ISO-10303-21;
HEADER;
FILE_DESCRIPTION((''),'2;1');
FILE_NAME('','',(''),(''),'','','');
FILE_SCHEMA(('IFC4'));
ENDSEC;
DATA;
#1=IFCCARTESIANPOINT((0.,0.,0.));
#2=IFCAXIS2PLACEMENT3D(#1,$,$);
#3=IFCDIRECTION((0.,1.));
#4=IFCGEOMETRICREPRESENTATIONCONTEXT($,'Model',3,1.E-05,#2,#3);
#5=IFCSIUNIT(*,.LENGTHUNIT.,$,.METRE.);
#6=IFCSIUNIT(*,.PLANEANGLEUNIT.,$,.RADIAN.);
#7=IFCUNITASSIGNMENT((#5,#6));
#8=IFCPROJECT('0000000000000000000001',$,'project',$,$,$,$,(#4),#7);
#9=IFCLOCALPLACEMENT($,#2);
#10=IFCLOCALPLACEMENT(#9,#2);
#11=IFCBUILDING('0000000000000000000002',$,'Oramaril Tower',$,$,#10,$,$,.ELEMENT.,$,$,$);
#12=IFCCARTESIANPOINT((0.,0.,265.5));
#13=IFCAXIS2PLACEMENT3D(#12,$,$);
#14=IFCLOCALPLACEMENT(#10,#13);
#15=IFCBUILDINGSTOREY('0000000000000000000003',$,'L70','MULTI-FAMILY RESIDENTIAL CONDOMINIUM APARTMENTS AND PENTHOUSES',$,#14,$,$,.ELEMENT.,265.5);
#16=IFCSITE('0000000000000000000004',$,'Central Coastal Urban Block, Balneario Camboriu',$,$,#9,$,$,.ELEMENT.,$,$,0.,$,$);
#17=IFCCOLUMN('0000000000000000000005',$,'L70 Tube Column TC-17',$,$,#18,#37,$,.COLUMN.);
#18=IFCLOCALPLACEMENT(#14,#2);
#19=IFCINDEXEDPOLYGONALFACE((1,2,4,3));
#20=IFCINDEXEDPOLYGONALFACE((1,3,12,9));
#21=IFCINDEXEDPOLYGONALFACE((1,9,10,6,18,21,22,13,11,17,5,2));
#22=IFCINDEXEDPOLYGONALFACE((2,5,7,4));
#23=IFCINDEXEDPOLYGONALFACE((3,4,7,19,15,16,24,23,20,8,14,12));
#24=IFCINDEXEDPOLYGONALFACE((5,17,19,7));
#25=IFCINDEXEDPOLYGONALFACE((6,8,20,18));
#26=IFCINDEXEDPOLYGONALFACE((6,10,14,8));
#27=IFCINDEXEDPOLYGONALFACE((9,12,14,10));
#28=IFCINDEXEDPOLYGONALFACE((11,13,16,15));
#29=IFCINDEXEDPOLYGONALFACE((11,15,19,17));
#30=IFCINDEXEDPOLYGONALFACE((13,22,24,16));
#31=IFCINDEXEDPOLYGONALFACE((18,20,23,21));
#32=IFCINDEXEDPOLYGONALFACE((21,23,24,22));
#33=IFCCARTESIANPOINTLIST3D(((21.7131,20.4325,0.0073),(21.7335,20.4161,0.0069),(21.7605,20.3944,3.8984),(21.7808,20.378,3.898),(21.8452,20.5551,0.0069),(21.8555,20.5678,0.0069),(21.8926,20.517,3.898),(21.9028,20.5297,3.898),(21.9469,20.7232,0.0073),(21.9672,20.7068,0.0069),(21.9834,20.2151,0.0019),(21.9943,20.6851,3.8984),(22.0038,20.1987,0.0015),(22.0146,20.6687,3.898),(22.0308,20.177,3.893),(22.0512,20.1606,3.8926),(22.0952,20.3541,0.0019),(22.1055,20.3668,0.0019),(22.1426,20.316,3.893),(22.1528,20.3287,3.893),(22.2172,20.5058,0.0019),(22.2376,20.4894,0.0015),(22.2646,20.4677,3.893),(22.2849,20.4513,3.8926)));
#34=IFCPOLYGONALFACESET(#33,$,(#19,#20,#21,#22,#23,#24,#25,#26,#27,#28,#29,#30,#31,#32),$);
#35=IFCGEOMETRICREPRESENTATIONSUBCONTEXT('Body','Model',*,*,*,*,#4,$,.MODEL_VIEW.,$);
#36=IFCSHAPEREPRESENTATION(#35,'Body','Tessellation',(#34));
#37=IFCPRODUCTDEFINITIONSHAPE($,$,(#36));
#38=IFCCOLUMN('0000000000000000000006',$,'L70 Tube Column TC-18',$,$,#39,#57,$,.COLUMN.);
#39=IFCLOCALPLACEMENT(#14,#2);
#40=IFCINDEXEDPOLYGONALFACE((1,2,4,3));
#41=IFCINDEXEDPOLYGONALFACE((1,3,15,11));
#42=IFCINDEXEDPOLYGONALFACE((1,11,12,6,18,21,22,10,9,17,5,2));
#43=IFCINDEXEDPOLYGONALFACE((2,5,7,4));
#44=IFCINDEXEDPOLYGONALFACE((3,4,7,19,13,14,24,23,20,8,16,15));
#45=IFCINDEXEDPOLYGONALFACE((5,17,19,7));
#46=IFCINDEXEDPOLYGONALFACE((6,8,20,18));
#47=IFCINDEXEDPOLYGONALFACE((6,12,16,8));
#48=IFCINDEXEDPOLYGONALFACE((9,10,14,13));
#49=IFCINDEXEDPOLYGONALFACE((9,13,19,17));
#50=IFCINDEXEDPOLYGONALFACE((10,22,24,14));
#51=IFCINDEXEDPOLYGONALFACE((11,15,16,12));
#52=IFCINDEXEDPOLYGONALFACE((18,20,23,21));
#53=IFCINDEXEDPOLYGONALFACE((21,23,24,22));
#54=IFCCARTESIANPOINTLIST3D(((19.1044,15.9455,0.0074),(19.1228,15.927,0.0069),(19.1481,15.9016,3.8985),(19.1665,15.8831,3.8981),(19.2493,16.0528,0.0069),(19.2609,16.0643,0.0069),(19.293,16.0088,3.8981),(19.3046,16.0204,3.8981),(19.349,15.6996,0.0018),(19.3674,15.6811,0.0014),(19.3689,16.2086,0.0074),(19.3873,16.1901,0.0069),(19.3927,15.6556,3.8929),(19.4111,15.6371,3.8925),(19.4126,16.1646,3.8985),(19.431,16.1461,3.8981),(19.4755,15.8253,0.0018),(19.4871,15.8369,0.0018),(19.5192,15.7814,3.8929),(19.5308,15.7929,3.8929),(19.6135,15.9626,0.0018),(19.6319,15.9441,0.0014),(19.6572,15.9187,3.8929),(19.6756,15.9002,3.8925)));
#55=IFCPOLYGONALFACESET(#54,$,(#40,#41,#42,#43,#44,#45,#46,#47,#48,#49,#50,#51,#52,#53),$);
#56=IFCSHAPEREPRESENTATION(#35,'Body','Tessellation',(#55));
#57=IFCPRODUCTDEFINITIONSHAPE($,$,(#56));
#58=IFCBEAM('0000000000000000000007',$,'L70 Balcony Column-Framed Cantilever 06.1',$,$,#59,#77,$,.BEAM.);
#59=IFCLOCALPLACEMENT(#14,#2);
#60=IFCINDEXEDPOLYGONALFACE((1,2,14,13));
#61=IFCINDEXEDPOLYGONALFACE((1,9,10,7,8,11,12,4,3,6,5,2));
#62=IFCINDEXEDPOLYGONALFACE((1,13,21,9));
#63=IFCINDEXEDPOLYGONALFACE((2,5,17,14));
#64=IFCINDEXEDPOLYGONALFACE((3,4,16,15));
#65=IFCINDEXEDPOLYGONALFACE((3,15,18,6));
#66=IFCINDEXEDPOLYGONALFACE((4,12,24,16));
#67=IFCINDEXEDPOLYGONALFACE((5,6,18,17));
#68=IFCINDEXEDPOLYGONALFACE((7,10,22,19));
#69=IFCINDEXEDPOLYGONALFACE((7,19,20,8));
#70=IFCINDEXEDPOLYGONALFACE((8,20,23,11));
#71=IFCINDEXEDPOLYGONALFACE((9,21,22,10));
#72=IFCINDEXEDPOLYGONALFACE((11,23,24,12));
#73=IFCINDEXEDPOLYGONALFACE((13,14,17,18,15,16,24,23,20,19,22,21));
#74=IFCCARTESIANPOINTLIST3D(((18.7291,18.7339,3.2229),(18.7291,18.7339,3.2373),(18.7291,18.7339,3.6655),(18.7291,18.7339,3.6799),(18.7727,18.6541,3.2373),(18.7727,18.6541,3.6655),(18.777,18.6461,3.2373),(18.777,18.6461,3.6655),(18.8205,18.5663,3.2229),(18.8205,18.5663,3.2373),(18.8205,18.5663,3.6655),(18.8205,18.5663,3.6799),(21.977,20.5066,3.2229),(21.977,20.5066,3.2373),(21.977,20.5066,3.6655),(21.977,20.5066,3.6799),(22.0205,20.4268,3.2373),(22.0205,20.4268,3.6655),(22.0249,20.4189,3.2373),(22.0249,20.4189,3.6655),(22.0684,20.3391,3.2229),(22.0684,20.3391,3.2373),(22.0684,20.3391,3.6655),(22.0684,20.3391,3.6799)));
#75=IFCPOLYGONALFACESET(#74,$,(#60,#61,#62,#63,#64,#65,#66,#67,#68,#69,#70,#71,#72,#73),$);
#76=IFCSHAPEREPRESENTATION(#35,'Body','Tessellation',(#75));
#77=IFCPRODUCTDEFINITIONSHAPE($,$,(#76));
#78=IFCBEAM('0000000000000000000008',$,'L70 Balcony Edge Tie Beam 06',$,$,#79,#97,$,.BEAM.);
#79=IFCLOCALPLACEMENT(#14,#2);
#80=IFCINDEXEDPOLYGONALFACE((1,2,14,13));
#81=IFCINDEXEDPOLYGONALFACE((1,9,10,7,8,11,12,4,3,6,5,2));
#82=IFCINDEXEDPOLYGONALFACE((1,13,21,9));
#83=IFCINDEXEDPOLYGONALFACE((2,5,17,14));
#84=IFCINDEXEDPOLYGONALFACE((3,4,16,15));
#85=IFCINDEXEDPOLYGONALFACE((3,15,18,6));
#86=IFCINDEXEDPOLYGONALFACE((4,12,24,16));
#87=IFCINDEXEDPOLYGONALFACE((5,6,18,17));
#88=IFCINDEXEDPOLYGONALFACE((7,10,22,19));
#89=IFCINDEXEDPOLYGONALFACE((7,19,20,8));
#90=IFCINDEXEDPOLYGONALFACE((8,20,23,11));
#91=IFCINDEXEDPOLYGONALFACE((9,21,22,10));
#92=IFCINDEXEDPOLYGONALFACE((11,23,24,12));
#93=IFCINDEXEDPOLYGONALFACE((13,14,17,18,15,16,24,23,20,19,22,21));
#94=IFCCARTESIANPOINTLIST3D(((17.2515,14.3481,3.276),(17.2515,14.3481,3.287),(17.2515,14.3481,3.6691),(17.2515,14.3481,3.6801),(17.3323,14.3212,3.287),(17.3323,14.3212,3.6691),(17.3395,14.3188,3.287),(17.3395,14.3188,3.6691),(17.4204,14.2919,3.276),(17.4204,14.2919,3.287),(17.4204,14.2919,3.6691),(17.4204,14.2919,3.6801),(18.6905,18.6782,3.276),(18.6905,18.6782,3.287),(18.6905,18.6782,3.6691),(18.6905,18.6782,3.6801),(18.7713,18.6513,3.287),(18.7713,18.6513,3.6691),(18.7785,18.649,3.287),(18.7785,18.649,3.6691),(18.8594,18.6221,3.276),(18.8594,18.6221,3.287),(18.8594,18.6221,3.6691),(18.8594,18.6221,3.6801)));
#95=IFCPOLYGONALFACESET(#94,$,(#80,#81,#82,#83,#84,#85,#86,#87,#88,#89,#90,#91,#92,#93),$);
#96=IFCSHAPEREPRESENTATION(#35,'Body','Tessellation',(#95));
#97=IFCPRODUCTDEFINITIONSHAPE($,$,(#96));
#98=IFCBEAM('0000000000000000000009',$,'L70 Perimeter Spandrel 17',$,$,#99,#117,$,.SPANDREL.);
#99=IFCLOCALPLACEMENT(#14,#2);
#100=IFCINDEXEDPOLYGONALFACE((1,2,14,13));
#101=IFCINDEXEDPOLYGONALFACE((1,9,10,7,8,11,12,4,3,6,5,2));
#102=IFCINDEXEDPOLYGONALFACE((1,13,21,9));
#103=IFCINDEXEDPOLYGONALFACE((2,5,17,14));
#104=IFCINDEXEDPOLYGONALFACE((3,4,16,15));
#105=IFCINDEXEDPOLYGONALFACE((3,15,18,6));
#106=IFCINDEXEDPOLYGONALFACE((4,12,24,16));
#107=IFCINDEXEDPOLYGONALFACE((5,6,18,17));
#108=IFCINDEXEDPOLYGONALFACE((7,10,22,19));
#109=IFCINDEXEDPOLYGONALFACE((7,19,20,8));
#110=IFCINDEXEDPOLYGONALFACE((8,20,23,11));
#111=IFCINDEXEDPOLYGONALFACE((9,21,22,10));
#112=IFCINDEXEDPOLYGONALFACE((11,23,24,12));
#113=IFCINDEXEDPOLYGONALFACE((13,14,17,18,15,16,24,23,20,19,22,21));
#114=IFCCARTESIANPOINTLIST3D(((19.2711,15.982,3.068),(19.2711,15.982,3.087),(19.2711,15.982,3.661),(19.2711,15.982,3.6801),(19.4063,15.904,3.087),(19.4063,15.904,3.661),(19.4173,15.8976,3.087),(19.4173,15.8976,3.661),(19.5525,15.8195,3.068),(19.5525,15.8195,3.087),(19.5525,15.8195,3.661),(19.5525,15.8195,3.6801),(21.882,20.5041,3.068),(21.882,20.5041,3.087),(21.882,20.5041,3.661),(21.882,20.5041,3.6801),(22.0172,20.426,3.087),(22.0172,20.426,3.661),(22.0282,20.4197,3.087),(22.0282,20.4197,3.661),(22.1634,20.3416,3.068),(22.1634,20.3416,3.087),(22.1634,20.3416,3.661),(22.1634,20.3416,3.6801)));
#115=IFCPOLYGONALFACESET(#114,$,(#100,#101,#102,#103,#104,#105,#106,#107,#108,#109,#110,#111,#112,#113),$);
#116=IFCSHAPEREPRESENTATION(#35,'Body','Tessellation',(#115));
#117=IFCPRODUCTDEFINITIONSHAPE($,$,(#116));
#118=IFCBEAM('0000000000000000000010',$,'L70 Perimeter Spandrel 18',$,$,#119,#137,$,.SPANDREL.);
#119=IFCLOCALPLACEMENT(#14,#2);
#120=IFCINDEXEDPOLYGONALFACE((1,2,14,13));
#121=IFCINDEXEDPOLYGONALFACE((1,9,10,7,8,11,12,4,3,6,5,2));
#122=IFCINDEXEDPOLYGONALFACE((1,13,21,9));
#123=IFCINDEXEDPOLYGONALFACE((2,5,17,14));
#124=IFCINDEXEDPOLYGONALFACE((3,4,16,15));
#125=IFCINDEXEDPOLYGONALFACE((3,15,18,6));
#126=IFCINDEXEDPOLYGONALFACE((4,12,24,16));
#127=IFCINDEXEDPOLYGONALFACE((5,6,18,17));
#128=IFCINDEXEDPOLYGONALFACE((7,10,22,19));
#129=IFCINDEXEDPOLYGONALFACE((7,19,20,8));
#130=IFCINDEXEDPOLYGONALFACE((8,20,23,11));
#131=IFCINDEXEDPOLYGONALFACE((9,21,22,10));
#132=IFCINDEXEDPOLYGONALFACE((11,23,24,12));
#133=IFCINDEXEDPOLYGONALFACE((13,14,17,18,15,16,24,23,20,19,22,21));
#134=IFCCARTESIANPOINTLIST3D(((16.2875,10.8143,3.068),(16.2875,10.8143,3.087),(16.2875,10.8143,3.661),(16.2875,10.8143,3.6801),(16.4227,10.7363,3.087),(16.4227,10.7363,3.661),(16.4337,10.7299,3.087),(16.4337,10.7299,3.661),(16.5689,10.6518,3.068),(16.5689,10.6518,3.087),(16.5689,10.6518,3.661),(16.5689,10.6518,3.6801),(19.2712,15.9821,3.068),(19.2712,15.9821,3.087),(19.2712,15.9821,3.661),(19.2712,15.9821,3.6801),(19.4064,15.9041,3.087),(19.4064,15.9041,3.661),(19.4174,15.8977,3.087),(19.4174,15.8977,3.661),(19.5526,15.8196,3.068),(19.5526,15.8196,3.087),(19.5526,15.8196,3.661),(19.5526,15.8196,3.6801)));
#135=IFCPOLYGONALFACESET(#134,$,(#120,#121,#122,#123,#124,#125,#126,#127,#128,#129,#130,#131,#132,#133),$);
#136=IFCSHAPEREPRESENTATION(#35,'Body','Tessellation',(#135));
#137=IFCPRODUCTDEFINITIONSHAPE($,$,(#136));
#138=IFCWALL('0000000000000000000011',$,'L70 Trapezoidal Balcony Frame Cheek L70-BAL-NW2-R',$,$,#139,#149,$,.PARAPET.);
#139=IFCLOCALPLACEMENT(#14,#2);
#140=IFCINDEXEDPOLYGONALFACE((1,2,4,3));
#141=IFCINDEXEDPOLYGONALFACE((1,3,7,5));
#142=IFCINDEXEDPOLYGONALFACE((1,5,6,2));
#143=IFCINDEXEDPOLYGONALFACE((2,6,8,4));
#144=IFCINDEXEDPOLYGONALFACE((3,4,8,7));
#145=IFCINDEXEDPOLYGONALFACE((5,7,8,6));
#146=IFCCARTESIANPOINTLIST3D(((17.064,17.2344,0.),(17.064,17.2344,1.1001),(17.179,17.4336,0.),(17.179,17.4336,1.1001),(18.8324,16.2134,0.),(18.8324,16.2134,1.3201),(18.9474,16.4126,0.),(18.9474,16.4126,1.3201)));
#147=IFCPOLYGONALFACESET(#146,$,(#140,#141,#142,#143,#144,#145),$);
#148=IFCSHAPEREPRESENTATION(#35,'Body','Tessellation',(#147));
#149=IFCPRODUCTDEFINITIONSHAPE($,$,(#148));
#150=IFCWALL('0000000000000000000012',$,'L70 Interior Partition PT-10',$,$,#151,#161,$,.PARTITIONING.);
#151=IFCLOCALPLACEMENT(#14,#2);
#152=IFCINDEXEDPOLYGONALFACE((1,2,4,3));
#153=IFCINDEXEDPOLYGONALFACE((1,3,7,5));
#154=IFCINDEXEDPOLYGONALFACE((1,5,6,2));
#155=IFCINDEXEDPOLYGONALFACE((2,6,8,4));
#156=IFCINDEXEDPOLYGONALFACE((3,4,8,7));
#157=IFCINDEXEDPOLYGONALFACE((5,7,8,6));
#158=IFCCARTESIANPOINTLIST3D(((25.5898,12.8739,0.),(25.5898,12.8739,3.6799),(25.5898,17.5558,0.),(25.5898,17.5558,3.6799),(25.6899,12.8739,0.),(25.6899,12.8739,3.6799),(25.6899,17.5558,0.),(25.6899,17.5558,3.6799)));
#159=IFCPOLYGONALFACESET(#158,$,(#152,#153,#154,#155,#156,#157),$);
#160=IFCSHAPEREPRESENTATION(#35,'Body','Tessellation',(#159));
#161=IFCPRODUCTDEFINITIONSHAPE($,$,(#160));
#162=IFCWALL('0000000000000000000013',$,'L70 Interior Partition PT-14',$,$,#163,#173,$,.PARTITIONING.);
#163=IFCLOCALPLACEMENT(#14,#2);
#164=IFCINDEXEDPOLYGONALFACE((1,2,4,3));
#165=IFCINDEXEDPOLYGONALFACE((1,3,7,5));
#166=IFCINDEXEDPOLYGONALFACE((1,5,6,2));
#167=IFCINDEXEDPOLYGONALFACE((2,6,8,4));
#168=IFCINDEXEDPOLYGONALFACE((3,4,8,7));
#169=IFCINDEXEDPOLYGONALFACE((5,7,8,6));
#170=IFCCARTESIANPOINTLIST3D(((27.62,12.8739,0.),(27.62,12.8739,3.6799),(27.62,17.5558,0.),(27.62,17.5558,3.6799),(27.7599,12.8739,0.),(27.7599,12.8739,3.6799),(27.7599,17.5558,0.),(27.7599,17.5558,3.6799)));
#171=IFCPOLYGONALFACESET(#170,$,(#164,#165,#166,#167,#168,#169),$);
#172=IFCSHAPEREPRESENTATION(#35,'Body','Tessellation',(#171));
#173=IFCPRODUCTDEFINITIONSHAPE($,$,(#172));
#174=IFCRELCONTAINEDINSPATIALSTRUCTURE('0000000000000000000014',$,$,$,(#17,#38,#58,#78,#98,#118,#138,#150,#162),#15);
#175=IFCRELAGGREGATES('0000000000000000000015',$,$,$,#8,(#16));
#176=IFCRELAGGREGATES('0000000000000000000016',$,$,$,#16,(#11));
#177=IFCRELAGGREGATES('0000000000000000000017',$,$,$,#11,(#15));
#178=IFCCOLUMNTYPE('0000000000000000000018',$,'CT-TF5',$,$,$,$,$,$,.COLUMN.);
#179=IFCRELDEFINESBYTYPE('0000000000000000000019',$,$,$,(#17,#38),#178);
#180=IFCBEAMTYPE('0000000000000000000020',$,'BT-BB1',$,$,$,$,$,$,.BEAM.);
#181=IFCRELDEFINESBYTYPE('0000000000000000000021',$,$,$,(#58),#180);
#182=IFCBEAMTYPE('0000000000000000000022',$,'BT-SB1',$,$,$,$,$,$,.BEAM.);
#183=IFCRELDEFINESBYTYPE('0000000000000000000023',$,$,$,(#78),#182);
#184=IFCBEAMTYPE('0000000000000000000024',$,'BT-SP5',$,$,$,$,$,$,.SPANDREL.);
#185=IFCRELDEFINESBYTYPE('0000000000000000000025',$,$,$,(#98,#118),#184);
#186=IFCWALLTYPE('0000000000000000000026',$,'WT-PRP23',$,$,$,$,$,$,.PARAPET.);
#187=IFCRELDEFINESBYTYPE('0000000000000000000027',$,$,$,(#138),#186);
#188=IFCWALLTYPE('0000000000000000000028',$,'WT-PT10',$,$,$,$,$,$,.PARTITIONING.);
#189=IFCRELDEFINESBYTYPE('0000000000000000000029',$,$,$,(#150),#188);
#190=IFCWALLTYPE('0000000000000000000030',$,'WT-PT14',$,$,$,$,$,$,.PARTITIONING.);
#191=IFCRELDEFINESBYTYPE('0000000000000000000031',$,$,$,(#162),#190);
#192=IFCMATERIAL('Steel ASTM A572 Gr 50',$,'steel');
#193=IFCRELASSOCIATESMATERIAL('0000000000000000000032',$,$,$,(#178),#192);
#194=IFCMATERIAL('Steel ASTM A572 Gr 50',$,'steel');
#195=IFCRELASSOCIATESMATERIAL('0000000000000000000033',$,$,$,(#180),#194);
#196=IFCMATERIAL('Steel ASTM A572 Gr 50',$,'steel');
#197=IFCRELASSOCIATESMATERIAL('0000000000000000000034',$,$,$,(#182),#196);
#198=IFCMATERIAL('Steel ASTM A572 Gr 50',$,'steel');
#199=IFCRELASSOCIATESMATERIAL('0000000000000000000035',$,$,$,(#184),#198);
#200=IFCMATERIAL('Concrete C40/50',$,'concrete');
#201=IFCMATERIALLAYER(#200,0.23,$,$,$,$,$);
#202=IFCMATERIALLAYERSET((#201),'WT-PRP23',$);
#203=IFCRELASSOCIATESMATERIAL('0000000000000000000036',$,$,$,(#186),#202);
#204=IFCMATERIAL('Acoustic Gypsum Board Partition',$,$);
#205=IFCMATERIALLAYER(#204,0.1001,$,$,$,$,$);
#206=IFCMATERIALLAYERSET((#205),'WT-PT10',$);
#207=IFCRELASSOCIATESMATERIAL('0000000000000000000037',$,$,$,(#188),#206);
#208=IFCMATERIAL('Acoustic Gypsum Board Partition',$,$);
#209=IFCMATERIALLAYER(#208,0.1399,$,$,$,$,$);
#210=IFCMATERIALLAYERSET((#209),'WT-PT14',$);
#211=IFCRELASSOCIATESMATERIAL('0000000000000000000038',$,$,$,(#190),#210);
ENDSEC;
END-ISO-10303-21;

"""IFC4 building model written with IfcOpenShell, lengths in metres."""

from ifc_helpers import new_model, si_unit, direction, frame, frame_2d, origin, origin_2d, place, context, subcontext, project, spatial, polyline, rectangle, i_section, outline, extrude, material, layer, layer_set, material_profile, profile_set, type_object, element, save


model = new_model("IFC4")

# Units and contexts
model_context = context("Model", 3, precision=1e-05, world=origin(), true_north=direction((0.0, 1.0)))
body_context = subcontext(model_context, "Body", "Model", "MODEL_VIEW")
ifc_project = project(units=[si_unit("LENGTHUNIT", "METRE"), si_unit("PLANEANGLEUNIT", "RADIAN")], contexts=[model_context])

# Site, building, storey
site_placement = place(None, origin())
site = spatial("IfcSite", under=ifc_project, at=site_placement, Name="Central Coastal Urban Block, Balneario Camboriu", CompositionType="ELEMENT", RefElevation=0.0)
building_placement = place(site_placement, origin())
building = spatial("IfcBuilding", under=site, at=building_placement, Name="Oramaril Tower", CompositionType="ELEMENT")
storey_placement = place(building_placement, frame((0.0, 0.0, 265.5)))
storey = spatial("IfcBuildingStorey", under=building, at=storey_placement, Name="L70", Description="MULTI-FAMILY RESIDENTIAL CONDOMINIUM APARTMENTS AND PENTHOUSES", CompositionType="ELEMENT", Elevation=265.5)

# Columns
ifc_material_1 = material(Name="Steel ASTM A572 Gr 50", Category="steel")
ifc_material_profile_1 = material_profile(ifc_material_1, i_section(OverallWidth=0.373, OverallDepth=0.373, WebThickness=0.0164, FlangeThickness=0.0261, at=origin_2d()), Name="W14X132")
ifc_profile_set_1 = profile_set([ifc_material_profile_1], Name="Steel ASTM A572 Gr 50")
column_type = type_object("IfcColumnType", Name="CT-TF5", PredefinedType="COLUMN", material=ifc_profile_set_1)
for number, where, z_axis, x_axis, name in (
    (1, (21.9753, 20.4609, 0.0044), (0.012171, -0.009787, 0.999878), (0.626653, 0.779299, 0.0), "L70 Tube Column TC-17"),
    (2, (19.3682, 15.9448, 0.0044), (0.01123, -0.011292, 0.999873), (0.709074, 0.705134, 0.0), "L70 Tube Column TC-18"),
):
    element("IfcColumn", number, at=place(storey_placement, frame(where, z_axis=z_axis, x_axis=x_axis)), inside=storey, type_object=column_type, Name=name, PredefinedType="COLUMN", context=body_context, shape_type="SweptSolid", body=[
        extrude(i_section(OverallWidth=0.373, OverallDepth=0.373, WebThickness=0.0164, FlangeThickness=0.0261, at=origin_2d()), origin(), (0.0, 0.0, 1.0), 3.8916),
    ])

# Beams
ifc_material_2 = material(Name="Steel ASTM A572 Gr 50", Category="steel")
ifc_material_profile_2 = material_profile(ifc_material_2, i_section(OverallWidth=0.1909, OverallDepth=0.457, WebThickness=0.009, FlangeThickness=0.0144, at=origin_2d()), Name="W18X50")
ifc_profile_set_2 = profile_set([ifc_material_profile_2], Name="Steel ASTM A572 Gr 50")
beam_type_1 = type_object("IfcBeamType", Name="BT-BB1", PredefinedType="BEAM", material=ifc_profile_set_2)
beam_1_placement = place(storey_placement, frame((22.0227, 20.4229, 3.4514), z_axis=(-0.877762, -0.479097, 0.0), x_axis=(0.479097, -0.877762, 0.0)))
element("IfcBeam", 3, at=beam_1_placement, inside=storey, type_object=beam_type_1, Name="L70 Balcony Column-Framed Cantilever 06.1", PredefinedType="BEAM", context=body_context, shape_type="SweptSolid", body=[
    extrude(i_section(OverallWidth=0.1909, OverallDepth=0.457, WebThickness=0.009, FlangeThickness=0.0144, at=origin_2d()), origin(), (0.0, 0.0, 1.0), 3.7002),
])
ifc_material_3 = material(Name="Steel ASTM A572 Gr 50", Category="steel")
ifc_material_profile_3 = material_profile(ifc_material_3, i_section(OverallWidth=0.178, OverallDepth=0.4041, WebThickness=0.0076, FlangeThickness=0.011, at=origin_2d()), Name="W16X36")
ifc_profile_set_3 = profile_set([ifc_material_profile_3], Name="Steel ASTM A572 Gr 50")
beam_type_2 = type_object("IfcBeamType", Name="BT-SB1", PredefinedType="BEAM", material=ifc_profile_set_3)
beam_2_placement = place(storey_placement, frame((18.7749, 18.6501, 3.478), z_axis=(-0.315361, -0.948972, 0.0), x_axis=(0.948972, -0.315361, 0.0)))
element("IfcBeam", 4, at=beam_2_placement, inside=storey, type_object=beam_type_2, Name="L70 Balcony Edge Tie Beam 06", PredefinedType="BEAM", context=body_context, shape_type="SweptSolid", body=[
    extrude(i_section(OverallWidth=0.178, OverallDepth=0.4041, WebThickness=0.0076, FlangeThickness=0.011, at=origin_2d()), origin(), (0.0, 0.0, 1.0), 4.563),
])
ifc_material_4 = material(Name="Steel ASTM A572 Gr 50", Category="steel")
ifc_material_profile_4 = material_profile(ifc_material_4, i_section(OverallWidth=0.325, OverallDepth=0.6121, WebThickness=0.0127, FlangeThickness=0.019, at=origin_2d()), Name="W24X104")
ifc_profile_set_4 = profile_set([ifc_material_profile_4], Name="Steel ASTM A572 Gr 50")
beam_type_3 = type_object("IfcBeamType", Name="BT-SP5", PredefinedType="SPANDREL", material=ifc_profile_set_4)
beam_3_placement = place(storey_placement, frame((22.0227, 20.4229, 3.374), z_axis=(-0.500011, -0.866019, 0.0), x_axis=(0.866019, -0.500011, 0.0)))
element("IfcBeam", 5, at=beam_3_placement, inside=storey, type_object=beam_type_3, Name="L70 Perimeter Spandrel 17", PredefinedType="SPANDREL", context=body_context, shape_type="SweptSolid", body=[
    extrude(i_section(OverallWidth=0.325, OverallDepth=0.6121, WebThickness=0.0127, FlangeThickness=0.019, at=origin_2d()), origin(), (0.0, 0.0, 1.0), 5.2217),
])
beam_4_placement = place(storey_placement, frame((19.4119, 15.9009, 3.374), z_axis=(-0.500007, -0.866021, 0.0), x_axis=(0.866021, -0.500007, 0.0)))
element("IfcBeam", 6, at=beam_4_placement, inside=storey, type_object=beam_type_3, Name="L70 Perimeter Spandrel 18", PredefinedType="SPANDREL", context=body_context, shape_type="SweptSolid", body=[
    extrude(i_section(OverallWidth=0.325, OverallDepth=0.6121, WebThickness=0.0127, FlangeThickness=0.019, at=origin_2d()), origin(), (0.0, 0.0, 1.0), 5.9673),
])

# Walls
ifc_material_5 = material(Name="Concrete C40/50", Category="concrete")
ifc_layer_1 = layer(ifc_material_5, 0.23)
ifc_layer_set_1 = layer_set([ifc_layer_1], Name="WT-PRP23")
wall_type_1 = type_object("IfcWallType", Name="WT-PRP23", PredefinedType="PARAPET", material=ifc_layer_set_1)
wall_1_placement = place(storey_placement, frame((18.8899, 16.313, 0.0), z_axis=(0.0, 0.0, 1.0), x_axis=(-0.866012, 0.500023, 0.0)))
element("IfcWall", 7, at=wall_1_placement, inside=storey, type_object=wall_type_1, Name="L70 Trapezoidal Balcony Frame Cheek L70-BAL-NW2-R", PredefinedType="PARAPET", context=body_context, shape_type="SweptSolid", body=[
    extrude(outline(polyline([(0.0, 0.0), (2.042, 0.0), (2.042, 1.1001), (0.0, 1.3201), (0.0, 0.0)])), frame((0.0, 0.115, 0.0), z_axis=(0.0, -1.0, 0.0), x_axis=(1.0, 0.0, 0.0)), (0.0, 0.0, 1.0), 0.23),
])
ifc_material_6 = material(Name="Acoustic Gypsum Board Partition")
ifc_layer_2 = layer(ifc_material_6, 0.1001)
ifc_layer_set_2 = layer_set([ifc_layer_2], Name="WT-PT10")
wall_type_2 = type_object("IfcWallType", Name="WT-PT10", PredefinedType="PARTITIONING", material=ifc_layer_set_2)
wall_2_placement = place(storey_placement, frame((25.6399, 12.874, 0.0), z_axis=(0.0, 0.0, 1.0), x_axis=(0.0, 1.0, 0.0)))
element("IfcWall", 8, at=wall_2_placement, inside=storey, type_object=wall_type_2, Name="L70 Interior Partition PT-10", PredefinedType="PARTITIONING", context=body_context, shape_type="SweptSolid", body=[
    extrude(rectangle(XDim=4.6819, YDim=0.1001, at=frame_2d((2.3408, 0.0))), origin(), (0.0, 0.0, 1.0), 3.6799),
])

# Shared definitions
ifc_material_7 = material(Name="Acoustic Gypsum Board Partition")
ifc_layer_3 = layer(ifc_material_7, 0.1399)
ifc_layer_set_3 = layer_set([ifc_layer_3], Name="WT-PT14")
wall_type_3 = type_object("IfcWallType", Name="WT-PT14", PredefinedType="PARTITIONING", material=ifc_layer_set_3)

# Wall
wall_3_placement = place(storey_placement, frame((27.6899, 12.874, 0.0), z_axis=(0.0, 0.0, 1.0), x_axis=(0.0, 1.0, 0.0)))
element("IfcWall", 9, at=wall_3_placement, inside=storey, type_object=wall_type_3, Name="L70 Interior Partition PT-14", PredefinedType="PARTITIONING", context=body_context, shape_type="SweptSolid", body=[
    extrude(rectangle(XDim=4.6819, YDim=0.1399, at=frame_2d((2.3408, 0.0))), origin(), (0.0, 0.0, 1.0), 3.6799),
])

save(model, "model.ifc")
